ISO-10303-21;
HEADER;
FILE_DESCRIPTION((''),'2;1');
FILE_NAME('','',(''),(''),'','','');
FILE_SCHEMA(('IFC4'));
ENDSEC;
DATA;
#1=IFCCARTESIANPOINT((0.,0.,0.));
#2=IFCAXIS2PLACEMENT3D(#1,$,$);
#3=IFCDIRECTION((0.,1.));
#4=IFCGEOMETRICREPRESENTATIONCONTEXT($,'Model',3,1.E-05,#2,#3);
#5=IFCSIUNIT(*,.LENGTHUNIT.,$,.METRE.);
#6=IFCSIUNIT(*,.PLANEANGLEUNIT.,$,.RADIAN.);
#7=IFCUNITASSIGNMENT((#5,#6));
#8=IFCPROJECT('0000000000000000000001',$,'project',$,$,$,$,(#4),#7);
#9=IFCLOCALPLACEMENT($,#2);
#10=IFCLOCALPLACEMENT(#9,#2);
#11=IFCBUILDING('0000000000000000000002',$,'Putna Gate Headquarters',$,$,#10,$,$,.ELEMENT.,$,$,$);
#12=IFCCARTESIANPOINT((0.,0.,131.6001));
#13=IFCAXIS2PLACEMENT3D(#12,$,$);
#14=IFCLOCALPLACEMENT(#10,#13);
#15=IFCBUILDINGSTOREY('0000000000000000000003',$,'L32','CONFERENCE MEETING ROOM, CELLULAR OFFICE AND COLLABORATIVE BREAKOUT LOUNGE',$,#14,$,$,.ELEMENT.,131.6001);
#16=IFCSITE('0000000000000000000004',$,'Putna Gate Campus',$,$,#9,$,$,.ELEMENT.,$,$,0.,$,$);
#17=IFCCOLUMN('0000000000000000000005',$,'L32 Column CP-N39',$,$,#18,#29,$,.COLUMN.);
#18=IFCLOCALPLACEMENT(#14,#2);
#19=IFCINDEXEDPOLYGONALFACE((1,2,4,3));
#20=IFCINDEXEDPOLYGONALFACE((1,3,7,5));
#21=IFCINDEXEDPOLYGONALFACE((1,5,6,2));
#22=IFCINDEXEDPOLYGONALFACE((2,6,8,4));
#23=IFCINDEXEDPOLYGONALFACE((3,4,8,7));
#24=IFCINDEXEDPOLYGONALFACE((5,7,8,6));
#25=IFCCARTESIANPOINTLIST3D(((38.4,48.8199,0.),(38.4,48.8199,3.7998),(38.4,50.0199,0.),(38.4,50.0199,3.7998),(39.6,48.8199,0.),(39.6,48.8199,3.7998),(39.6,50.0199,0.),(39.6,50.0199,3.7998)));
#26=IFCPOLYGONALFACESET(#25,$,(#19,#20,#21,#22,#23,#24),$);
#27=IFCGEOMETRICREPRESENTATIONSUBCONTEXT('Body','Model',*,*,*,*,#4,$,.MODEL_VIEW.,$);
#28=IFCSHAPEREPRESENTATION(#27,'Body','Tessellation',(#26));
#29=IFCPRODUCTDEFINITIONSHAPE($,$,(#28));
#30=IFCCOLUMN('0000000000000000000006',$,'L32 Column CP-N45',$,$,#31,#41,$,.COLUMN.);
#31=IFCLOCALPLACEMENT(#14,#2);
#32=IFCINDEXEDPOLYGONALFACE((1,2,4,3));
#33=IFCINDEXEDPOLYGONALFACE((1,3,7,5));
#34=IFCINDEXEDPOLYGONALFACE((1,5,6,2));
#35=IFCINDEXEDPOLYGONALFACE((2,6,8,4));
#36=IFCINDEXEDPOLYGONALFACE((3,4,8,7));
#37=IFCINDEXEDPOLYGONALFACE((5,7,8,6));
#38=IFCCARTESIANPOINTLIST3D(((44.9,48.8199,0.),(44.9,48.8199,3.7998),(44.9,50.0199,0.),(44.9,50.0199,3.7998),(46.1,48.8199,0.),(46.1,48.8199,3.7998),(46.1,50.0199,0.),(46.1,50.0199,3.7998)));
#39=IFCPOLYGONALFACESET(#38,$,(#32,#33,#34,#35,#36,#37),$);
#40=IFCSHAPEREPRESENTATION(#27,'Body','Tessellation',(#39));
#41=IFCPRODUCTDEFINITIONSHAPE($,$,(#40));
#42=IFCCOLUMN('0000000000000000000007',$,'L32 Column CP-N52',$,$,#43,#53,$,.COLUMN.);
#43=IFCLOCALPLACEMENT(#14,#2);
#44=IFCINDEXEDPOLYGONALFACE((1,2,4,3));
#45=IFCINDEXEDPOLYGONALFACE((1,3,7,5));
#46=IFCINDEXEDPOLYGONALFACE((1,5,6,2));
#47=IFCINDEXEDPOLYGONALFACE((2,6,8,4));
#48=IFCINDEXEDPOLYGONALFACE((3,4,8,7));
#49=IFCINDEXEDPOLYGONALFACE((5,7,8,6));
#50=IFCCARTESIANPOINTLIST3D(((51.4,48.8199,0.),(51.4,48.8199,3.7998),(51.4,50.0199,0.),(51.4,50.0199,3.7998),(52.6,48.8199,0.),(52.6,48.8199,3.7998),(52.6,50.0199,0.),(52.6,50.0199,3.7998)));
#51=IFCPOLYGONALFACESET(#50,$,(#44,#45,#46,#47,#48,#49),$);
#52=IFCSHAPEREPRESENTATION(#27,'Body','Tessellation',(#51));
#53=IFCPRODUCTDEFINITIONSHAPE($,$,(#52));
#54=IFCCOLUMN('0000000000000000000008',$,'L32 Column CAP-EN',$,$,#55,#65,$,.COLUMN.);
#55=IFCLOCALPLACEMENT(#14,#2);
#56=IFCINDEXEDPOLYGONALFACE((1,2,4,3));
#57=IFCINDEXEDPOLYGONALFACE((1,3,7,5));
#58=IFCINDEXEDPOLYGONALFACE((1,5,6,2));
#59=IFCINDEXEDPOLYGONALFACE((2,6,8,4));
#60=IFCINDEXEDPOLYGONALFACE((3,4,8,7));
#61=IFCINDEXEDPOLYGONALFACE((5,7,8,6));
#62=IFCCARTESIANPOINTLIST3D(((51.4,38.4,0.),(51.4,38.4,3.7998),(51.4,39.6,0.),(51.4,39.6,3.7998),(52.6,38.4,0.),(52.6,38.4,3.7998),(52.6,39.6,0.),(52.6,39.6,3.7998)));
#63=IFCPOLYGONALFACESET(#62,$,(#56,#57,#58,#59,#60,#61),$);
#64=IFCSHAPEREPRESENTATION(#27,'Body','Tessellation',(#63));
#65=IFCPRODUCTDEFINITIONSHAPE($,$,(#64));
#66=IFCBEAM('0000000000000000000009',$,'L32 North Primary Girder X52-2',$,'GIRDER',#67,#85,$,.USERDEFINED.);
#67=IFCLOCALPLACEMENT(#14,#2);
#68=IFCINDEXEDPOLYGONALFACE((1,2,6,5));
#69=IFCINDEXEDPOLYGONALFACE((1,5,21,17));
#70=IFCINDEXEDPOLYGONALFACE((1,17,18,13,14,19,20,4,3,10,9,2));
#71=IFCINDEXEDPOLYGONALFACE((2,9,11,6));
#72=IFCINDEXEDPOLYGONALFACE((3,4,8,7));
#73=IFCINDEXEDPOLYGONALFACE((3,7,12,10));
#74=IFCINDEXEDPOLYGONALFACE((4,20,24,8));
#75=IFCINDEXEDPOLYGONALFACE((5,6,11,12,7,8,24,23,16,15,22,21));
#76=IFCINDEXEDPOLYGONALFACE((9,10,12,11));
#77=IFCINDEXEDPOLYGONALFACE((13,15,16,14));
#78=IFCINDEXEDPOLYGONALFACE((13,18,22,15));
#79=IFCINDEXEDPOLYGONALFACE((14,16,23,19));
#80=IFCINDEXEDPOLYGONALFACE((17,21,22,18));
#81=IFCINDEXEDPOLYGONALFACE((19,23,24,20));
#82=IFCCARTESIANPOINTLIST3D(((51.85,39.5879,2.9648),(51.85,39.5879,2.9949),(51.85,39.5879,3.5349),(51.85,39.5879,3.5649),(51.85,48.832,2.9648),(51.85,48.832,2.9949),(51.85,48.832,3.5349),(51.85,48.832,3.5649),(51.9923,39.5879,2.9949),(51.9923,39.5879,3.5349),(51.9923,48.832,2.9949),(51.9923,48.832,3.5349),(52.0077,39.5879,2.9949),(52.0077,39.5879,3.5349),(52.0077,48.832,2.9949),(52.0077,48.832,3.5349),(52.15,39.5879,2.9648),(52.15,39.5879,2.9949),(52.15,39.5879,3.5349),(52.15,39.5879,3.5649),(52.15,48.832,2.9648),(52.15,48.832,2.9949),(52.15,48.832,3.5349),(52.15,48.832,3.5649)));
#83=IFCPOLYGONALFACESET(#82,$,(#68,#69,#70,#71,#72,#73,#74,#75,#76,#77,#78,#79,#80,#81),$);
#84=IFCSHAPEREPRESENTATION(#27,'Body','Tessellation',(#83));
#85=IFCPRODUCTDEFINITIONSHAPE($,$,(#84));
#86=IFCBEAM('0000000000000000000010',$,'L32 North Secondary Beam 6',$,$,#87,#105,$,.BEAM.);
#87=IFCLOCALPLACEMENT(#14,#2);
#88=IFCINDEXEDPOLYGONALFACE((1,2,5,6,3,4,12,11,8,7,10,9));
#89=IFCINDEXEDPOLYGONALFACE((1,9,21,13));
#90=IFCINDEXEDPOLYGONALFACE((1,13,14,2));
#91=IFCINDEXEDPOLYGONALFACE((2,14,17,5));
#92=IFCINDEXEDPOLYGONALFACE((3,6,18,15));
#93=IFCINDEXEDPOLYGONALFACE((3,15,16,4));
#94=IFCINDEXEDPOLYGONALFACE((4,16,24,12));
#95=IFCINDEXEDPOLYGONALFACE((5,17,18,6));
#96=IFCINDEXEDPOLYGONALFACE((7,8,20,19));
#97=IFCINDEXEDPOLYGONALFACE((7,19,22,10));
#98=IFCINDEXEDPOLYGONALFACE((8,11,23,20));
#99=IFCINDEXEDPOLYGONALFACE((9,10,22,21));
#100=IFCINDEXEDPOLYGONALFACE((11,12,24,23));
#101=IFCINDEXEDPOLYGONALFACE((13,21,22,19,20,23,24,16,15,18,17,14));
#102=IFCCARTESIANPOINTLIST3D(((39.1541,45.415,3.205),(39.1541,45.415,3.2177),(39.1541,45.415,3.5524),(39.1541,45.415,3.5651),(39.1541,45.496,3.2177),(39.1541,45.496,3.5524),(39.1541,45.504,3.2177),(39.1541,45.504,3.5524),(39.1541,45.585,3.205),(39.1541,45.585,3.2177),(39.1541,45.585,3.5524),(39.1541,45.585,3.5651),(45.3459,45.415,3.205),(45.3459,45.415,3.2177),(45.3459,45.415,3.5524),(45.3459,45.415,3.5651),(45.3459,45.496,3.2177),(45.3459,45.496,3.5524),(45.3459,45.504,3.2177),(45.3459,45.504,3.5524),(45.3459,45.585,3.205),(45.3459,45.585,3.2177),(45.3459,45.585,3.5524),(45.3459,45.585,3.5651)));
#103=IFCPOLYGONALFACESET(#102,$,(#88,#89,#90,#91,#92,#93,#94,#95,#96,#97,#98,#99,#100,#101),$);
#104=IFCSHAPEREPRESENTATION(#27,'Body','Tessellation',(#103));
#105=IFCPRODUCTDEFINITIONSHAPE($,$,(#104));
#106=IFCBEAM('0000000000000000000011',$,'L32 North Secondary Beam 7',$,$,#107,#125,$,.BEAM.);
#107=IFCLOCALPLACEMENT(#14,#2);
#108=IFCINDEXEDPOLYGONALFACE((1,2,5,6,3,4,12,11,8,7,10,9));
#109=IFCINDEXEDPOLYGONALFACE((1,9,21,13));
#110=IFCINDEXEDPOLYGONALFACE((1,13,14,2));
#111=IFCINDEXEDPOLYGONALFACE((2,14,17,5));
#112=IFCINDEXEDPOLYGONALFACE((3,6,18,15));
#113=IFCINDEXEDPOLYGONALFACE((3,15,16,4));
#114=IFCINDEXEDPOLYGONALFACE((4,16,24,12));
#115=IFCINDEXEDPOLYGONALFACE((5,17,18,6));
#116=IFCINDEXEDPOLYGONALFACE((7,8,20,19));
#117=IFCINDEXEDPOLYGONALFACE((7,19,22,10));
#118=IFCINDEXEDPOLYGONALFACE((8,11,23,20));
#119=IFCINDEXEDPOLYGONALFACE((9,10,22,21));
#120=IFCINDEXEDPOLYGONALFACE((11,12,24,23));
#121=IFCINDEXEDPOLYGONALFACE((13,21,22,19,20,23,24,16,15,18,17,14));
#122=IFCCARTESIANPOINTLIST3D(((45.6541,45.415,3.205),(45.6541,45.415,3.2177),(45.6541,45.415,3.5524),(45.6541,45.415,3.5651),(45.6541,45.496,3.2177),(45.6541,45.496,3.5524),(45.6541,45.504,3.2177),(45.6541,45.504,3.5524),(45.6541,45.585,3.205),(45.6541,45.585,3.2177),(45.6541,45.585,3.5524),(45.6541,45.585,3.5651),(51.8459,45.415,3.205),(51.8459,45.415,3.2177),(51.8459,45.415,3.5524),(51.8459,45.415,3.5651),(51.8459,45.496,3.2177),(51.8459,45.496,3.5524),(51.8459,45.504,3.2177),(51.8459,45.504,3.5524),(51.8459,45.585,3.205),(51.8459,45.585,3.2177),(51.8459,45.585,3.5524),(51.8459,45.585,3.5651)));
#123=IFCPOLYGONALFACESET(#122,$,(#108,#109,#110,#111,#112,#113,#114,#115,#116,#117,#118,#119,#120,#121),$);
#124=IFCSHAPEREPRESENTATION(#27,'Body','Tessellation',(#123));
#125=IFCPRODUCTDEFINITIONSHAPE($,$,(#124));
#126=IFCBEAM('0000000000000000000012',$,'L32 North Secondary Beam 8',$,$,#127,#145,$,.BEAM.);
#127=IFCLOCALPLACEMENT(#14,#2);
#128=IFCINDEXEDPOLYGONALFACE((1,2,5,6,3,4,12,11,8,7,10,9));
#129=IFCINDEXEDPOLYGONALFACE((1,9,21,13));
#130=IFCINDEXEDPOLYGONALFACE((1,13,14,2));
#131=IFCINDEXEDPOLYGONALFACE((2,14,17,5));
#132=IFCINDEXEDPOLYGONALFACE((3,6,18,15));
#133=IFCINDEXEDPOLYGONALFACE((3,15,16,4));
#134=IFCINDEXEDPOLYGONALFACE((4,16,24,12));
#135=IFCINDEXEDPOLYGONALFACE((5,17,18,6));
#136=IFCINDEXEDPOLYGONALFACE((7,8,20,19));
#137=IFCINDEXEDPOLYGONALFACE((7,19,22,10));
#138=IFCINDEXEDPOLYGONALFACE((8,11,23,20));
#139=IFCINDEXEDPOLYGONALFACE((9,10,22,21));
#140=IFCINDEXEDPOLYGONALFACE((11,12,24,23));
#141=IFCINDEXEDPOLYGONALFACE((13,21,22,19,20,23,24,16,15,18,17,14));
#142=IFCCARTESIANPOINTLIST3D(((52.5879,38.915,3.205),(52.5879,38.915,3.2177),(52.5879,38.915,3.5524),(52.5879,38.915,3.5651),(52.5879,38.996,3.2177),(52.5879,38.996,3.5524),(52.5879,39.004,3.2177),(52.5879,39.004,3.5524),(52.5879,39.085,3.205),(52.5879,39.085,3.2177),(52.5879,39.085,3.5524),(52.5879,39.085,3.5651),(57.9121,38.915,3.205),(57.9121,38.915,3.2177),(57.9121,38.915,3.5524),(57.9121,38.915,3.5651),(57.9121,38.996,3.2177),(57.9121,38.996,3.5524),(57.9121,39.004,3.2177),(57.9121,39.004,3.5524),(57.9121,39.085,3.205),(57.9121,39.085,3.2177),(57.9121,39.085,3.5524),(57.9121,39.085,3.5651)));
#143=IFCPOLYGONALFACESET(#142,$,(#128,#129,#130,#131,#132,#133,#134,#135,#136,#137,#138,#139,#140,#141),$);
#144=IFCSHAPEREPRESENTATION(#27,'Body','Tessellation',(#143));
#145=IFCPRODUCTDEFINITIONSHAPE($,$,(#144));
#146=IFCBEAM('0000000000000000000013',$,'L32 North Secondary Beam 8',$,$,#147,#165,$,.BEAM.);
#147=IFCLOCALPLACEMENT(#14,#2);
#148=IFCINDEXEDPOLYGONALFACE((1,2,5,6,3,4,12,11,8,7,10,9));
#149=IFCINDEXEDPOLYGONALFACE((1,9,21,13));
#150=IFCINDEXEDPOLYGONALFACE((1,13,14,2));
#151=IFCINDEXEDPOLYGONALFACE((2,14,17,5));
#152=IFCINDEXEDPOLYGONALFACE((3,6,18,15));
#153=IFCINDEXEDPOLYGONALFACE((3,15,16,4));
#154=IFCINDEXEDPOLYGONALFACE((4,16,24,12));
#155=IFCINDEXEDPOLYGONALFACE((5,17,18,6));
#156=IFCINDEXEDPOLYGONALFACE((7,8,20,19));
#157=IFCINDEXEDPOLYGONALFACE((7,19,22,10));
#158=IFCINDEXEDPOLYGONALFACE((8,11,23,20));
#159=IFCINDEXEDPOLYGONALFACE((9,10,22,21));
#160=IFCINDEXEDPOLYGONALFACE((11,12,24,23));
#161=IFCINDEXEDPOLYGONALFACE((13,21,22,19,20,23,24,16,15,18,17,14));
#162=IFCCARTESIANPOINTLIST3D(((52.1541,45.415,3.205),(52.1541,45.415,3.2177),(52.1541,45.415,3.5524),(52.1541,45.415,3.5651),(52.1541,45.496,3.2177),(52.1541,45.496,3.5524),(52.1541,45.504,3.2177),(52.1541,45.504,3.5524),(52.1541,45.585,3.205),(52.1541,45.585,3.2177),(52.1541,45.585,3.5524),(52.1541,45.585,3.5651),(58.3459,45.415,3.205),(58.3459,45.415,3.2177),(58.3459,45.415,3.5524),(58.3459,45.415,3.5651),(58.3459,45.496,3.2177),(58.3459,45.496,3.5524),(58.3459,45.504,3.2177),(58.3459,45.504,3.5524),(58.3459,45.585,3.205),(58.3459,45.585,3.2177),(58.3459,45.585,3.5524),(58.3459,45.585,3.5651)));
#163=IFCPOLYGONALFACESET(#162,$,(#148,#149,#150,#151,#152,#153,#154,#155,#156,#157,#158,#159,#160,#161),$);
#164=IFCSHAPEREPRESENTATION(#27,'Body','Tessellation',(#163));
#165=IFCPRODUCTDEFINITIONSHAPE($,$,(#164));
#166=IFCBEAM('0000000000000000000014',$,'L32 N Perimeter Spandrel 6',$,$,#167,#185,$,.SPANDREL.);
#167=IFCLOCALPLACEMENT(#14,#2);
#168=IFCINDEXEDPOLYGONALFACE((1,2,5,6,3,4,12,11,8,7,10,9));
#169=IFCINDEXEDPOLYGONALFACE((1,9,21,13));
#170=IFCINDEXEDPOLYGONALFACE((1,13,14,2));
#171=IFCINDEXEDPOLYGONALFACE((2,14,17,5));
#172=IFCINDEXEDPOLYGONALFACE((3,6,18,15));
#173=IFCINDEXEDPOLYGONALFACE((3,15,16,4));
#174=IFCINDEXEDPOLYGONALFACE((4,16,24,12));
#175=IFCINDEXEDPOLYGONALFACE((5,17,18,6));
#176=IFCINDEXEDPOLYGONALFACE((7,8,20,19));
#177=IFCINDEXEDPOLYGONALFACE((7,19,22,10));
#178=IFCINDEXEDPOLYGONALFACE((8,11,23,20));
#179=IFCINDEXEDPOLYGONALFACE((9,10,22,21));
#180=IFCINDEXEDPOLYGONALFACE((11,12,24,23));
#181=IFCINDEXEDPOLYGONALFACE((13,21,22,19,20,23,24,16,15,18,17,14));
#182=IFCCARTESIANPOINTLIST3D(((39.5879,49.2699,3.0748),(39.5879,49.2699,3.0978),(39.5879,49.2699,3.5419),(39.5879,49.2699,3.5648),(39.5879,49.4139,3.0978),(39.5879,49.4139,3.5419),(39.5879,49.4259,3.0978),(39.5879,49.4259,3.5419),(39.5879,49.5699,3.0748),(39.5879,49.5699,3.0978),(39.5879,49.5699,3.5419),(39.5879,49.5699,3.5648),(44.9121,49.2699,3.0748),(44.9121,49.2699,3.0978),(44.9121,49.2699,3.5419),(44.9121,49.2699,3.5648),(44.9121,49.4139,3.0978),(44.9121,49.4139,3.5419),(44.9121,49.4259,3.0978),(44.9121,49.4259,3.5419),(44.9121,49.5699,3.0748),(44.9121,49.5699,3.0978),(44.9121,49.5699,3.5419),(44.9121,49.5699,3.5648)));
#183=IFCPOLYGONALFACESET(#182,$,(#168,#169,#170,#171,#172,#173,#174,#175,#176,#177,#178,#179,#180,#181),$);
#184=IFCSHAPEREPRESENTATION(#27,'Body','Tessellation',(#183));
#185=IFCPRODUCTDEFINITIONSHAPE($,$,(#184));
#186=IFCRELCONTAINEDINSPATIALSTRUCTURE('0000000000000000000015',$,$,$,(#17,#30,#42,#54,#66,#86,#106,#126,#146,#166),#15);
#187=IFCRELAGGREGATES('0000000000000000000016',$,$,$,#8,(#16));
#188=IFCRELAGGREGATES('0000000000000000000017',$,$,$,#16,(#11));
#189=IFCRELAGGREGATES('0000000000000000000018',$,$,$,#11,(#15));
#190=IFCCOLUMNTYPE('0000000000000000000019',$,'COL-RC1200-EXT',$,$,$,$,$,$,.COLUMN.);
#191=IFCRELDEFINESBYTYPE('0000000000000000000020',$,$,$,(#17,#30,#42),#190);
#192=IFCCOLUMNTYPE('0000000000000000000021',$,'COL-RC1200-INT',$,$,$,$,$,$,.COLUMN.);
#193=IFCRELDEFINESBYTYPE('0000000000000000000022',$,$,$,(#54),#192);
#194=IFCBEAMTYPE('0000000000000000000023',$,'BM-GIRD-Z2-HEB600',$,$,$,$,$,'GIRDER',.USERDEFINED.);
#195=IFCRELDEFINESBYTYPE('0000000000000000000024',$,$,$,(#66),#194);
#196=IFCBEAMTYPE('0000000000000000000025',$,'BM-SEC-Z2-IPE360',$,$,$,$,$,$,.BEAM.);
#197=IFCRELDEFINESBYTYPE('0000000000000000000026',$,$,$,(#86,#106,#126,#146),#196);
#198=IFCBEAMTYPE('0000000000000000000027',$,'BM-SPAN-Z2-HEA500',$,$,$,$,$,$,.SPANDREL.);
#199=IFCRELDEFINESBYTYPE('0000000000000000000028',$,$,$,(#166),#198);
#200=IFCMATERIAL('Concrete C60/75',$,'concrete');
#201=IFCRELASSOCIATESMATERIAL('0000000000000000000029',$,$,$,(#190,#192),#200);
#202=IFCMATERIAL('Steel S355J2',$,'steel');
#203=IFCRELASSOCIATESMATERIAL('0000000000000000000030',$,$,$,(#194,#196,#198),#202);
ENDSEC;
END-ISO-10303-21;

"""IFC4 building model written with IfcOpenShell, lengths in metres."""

from ifc_helpers import new_model, si_unit, direction, frame, origin, origin_2d, place, context, subcontext, project, spatial, rectangle, i_section, extrude, material, material_profile, profile_set, type_object, element, save


model = new_model("IFC4")

# Units and contexts
model_context = context("Model", 3, precision=1e-05, world=origin(), true_north=direction((0.0, 1.0)))
body_context = subcontext(model_context, "Body", "Model", "MODEL_VIEW")
ifc_project = project(units=[si_unit("LENGTHUNIT", "METRE"), si_unit("PLANEANGLEUNIT", "RADIAN")], contexts=[model_context])

# Site, building, storey
site_placement = place(None, origin())
site = spatial("IfcSite", under=ifc_project, at=site_placement, Name="Putna Gate Campus", CompositionType="ELEMENT", RefElevation=0.0)
building_placement = place(site_placement, origin())
building = spatial("IfcBuilding", under=site, at=building_placement, Name="Putna Gate Headquarters", CompositionType="ELEMENT")
storey_placement = place(building_placement, frame((0.0, 0.0, 131.6001)))
storey = spatial("IfcBuildingStorey", under=building, at=storey_placement, Name="L32", Description="CONFERENCE MEETING ROOM, CELLULAR OFFICE AND COLLABORATIVE BREAKOUT LOUNGE", CompositionType="ELEMENT", Elevation=131.6001)

# Columns
ifc_material_1 = material(Name="Concrete C60/75", Category="concrete")
ifc_material_profile_1 = material_profile(ifc_material_1, rectangle(XDim=1.2, YDim=1.2, at=origin_2d()), Name="Concrete C60/75")
ifc_profile_set_1 = profile_set([ifc_material_profile_1], Name="Concrete C60/75")
column_type_1 = type_object("IfcColumnType", Name="COL-RC1200-EXT", PredefinedType="COLUMN", material=ifc_profile_set_1)
for number, where, z_axis, x_axis, name in (
    (1, (39.0, 49.4199, 0.0), (0.0, 0.0, 1.0), (1.0, 0.0, 0.0), "L32 Column CP-N39"),
    (2, (45.5, 49.4199, 0.0), (0.0, 0.0, 1.0), (1.0, 0.0, 0.0), "L32 Column CP-N45"),
    (3, (52.0, 49.4199, 0.0), (0.0, 0.0, 1.0), (1.0, 0.0, 0.0), "L32 Column CP-N52"),
):
    element("IfcColumn", number, at=place(storey_placement, frame(where, z_axis=z_axis, x_axis=x_axis)), inside=storey, type_object=column_type_1, Name=name, PredefinedType="COLUMN", context=body_context, shape_type="SweptSolid", body=[
        extrude(rectangle(XDim=1.2, YDim=1.2, at=origin_2d()), origin(), (0.0, 0.0, 1.0), 3.7998),
    ])
ifc_material_profile_2 = material_profile(ifc_material_1, rectangle(XDim=1.2, YDim=1.2, at=origin_2d()), Name="Concrete C60/75")
ifc_profile_set_2 = profile_set([ifc_material_profile_2], Name="Concrete C60/75")
column_type_2 = type_object("IfcColumnType", Name="COL-RC1200-INT", PredefinedType="COLUMN", material=ifc_profile_set_2)
column_placement = place(storey_placement, frame((52.0, 39.0, 0.0), z_axis=(0.0, 0.0, 1.0), x_axis=(1.0, 0.0, 0.0)))
element("IfcColumn", 4, at=column_placement, inside=storey, type_object=column_type_2, Name="L32 Column CAP-EN", PredefinedType="COLUMN", context=body_context, shape_type="SweptSolid", body=[
    extrude(rectangle(XDim=1.2, YDim=1.2, at=origin_2d()), origin(), (0.0, 0.0, 1.0), 3.7998),
])

# Beams
ifc_material_2 = material(Name="Steel S355J2", Category="steel")
ifc_material_profile_3 = material_profile(ifc_material_2, i_section(OverallWidth=0.3, OverallDepth=0.6001, WebThickness=0.0154, FlangeThickness=0.03, at=origin_2d()), Name="Steel S355J2")
ifc_profile_set_3 = profile_set([ifc_material_profile_3], Name="Steel S355J2")
beam_type_1 = type_object("IfcBeamType", Name="BM-GIRD-Z2-HEB600", ElementType="GIRDER", PredefinedType="USERDEFINED", material=ifc_profile_set_3)
beam_1_placement = place(storey_placement, frame((52.0, 39.5879, 3.2649), z_axis=(0.0, 1.0, 0.0), x_axis=(-1.0, 0.0, 0.0)))
element("IfcBeam", 5, at=beam_1_placement, inside=storey, type_object=beam_type_1, Name="L32 North Primary Girder X52-2", ObjectType="GIRDER", PredefinedType="USERDEFINED", context=body_context, shape_type="SweptSolid", body=[
    extrude(i_section(OverallWidth=0.3, OverallDepth=0.6001, WebThickness=0.0154, FlangeThickness=0.03, at=origin_2d()), origin(), (0.0, 0.0, 1.0), 9.2441),
])
ifc_material_profile_4 = material_profile(ifc_material_2, i_section(OverallWidth=0.1699, OverallDepth=0.3601, WebThickness=0.0081, FlangeThickness=0.0127, at=origin_2d()), Name="Steel S355J2")
ifc_profile_set_4 = profile_set([ifc_material_profile_4], Name="Steel S355J2")
beam_type_2 = type_object("IfcBeamType", Name="BM-SEC-Z2-IPE360", PredefinedType="BEAM", material=ifc_profile_set_4)
for number, where, z_axis, x_axis, name in (
    (6, (39.1541, 45.5, 3.385), (1.0, 0.0, 0.0), (0.0, 1.0, 0.0), "L32 North Secondary Beam 6"),
    (7, (45.6541, 45.5, 3.385), (1.0, 0.0, 0.0), (0.0, 1.0, 0.0), "L32 North Secondary Beam 7"),
):
    element("IfcBeam", number, at=place(storey_placement, frame(where, z_axis=z_axis, x_axis=x_axis)), inside=storey, type_object=beam_type_2, Name=name, PredefinedType="BEAM", context=body_context, shape_type="SweptSolid", body=[
        extrude(i_section(OverallWidth=0.1699, OverallDepth=0.3601, WebThickness=0.0081, FlangeThickness=0.0127, at=origin_2d()), origin(), (0.0, 0.0, 1.0), 6.1919),
    ])
beam_2_placement = place(storey_placement, frame((52.5879, 39.0, 3.385), z_axis=(1.0, 0.0, 0.0), x_axis=(0.0, 1.0, 0.0)))
element("IfcBeam", 8, at=beam_2_placement, inside=storey, type_object=beam_type_2, Name="L32 North Secondary Beam 8", PredefinedType="BEAM", context=body_context, shape_type="SweptSolid", body=[
    extrude(i_section(OverallWidth=0.1699, OverallDepth=0.3601, WebThickness=0.0081, FlangeThickness=0.0127, at=origin_2d()), origin(), (0.0, 0.0, 1.0), 5.3242),
])
beam_3_placement = place(storey_placement, frame((52.1541, 45.5, 3.385), z_axis=(1.0, 0.0, 0.0), x_axis=(0.0, 1.0, 0.0)))
element("IfcBeam", 9, at=beam_3_placement, inside=storey, type_object=beam_type_2, Name="L32 North Secondary Beam 8", PredefinedType="BEAM", context=body_context, shape_type="SweptSolid", body=[
    extrude(i_section(OverallWidth=0.1699, OverallDepth=0.3601, WebThickness=0.0081, FlangeThickness=0.0127, at=origin_2d()), origin(), (0.0, 0.0, 1.0), 6.1919),
])
ifc_material_profile_5 = material_profile(ifc_material_2, i_section(OverallWidth=0.3, OverallDepth=0.49, WebThickness=0.012, FlangeThickness=0.0229, at=origin_2d()), Name="Steel S355J2")
ifc_profile_set_5 = profile_set([ifc_material_profile_5], Name="Steel S355J2")
beam_type_3 = type_object("IfcBeamType", Name="BM-SPAN-Z2-HEA500", PredefinedType="SPANDREL", material=ifc_profile_set_5)
for number, where, z_axis, x_axis, name in (
    (10, (39.5879, 49.4199, 3.3198), (1.0, 0.0, 0.0), (0.0, 1.0, 0.0), "L32 N Perimeter Spandrel 6"),
):
    element("IfcBeam", number, at=place(storey_placement, frame(where, z_axis=z_axis, x_axis=x_axis)), inside=storey, type_object=beam_type_3, Name=name, PredefinedType="SPANDREL", context=body_context, shape_type="SweptSolid", body=[
        extrude(i_section(OverallWidth=0.3, OverallDepth=0.49, WebThickness=0.012, FlangeThickness=0.0229, at=origin_2d()), origin(), (0.0, 0.0, 1.0), 5.3242),
    ])

save(model, "model.ifc")
